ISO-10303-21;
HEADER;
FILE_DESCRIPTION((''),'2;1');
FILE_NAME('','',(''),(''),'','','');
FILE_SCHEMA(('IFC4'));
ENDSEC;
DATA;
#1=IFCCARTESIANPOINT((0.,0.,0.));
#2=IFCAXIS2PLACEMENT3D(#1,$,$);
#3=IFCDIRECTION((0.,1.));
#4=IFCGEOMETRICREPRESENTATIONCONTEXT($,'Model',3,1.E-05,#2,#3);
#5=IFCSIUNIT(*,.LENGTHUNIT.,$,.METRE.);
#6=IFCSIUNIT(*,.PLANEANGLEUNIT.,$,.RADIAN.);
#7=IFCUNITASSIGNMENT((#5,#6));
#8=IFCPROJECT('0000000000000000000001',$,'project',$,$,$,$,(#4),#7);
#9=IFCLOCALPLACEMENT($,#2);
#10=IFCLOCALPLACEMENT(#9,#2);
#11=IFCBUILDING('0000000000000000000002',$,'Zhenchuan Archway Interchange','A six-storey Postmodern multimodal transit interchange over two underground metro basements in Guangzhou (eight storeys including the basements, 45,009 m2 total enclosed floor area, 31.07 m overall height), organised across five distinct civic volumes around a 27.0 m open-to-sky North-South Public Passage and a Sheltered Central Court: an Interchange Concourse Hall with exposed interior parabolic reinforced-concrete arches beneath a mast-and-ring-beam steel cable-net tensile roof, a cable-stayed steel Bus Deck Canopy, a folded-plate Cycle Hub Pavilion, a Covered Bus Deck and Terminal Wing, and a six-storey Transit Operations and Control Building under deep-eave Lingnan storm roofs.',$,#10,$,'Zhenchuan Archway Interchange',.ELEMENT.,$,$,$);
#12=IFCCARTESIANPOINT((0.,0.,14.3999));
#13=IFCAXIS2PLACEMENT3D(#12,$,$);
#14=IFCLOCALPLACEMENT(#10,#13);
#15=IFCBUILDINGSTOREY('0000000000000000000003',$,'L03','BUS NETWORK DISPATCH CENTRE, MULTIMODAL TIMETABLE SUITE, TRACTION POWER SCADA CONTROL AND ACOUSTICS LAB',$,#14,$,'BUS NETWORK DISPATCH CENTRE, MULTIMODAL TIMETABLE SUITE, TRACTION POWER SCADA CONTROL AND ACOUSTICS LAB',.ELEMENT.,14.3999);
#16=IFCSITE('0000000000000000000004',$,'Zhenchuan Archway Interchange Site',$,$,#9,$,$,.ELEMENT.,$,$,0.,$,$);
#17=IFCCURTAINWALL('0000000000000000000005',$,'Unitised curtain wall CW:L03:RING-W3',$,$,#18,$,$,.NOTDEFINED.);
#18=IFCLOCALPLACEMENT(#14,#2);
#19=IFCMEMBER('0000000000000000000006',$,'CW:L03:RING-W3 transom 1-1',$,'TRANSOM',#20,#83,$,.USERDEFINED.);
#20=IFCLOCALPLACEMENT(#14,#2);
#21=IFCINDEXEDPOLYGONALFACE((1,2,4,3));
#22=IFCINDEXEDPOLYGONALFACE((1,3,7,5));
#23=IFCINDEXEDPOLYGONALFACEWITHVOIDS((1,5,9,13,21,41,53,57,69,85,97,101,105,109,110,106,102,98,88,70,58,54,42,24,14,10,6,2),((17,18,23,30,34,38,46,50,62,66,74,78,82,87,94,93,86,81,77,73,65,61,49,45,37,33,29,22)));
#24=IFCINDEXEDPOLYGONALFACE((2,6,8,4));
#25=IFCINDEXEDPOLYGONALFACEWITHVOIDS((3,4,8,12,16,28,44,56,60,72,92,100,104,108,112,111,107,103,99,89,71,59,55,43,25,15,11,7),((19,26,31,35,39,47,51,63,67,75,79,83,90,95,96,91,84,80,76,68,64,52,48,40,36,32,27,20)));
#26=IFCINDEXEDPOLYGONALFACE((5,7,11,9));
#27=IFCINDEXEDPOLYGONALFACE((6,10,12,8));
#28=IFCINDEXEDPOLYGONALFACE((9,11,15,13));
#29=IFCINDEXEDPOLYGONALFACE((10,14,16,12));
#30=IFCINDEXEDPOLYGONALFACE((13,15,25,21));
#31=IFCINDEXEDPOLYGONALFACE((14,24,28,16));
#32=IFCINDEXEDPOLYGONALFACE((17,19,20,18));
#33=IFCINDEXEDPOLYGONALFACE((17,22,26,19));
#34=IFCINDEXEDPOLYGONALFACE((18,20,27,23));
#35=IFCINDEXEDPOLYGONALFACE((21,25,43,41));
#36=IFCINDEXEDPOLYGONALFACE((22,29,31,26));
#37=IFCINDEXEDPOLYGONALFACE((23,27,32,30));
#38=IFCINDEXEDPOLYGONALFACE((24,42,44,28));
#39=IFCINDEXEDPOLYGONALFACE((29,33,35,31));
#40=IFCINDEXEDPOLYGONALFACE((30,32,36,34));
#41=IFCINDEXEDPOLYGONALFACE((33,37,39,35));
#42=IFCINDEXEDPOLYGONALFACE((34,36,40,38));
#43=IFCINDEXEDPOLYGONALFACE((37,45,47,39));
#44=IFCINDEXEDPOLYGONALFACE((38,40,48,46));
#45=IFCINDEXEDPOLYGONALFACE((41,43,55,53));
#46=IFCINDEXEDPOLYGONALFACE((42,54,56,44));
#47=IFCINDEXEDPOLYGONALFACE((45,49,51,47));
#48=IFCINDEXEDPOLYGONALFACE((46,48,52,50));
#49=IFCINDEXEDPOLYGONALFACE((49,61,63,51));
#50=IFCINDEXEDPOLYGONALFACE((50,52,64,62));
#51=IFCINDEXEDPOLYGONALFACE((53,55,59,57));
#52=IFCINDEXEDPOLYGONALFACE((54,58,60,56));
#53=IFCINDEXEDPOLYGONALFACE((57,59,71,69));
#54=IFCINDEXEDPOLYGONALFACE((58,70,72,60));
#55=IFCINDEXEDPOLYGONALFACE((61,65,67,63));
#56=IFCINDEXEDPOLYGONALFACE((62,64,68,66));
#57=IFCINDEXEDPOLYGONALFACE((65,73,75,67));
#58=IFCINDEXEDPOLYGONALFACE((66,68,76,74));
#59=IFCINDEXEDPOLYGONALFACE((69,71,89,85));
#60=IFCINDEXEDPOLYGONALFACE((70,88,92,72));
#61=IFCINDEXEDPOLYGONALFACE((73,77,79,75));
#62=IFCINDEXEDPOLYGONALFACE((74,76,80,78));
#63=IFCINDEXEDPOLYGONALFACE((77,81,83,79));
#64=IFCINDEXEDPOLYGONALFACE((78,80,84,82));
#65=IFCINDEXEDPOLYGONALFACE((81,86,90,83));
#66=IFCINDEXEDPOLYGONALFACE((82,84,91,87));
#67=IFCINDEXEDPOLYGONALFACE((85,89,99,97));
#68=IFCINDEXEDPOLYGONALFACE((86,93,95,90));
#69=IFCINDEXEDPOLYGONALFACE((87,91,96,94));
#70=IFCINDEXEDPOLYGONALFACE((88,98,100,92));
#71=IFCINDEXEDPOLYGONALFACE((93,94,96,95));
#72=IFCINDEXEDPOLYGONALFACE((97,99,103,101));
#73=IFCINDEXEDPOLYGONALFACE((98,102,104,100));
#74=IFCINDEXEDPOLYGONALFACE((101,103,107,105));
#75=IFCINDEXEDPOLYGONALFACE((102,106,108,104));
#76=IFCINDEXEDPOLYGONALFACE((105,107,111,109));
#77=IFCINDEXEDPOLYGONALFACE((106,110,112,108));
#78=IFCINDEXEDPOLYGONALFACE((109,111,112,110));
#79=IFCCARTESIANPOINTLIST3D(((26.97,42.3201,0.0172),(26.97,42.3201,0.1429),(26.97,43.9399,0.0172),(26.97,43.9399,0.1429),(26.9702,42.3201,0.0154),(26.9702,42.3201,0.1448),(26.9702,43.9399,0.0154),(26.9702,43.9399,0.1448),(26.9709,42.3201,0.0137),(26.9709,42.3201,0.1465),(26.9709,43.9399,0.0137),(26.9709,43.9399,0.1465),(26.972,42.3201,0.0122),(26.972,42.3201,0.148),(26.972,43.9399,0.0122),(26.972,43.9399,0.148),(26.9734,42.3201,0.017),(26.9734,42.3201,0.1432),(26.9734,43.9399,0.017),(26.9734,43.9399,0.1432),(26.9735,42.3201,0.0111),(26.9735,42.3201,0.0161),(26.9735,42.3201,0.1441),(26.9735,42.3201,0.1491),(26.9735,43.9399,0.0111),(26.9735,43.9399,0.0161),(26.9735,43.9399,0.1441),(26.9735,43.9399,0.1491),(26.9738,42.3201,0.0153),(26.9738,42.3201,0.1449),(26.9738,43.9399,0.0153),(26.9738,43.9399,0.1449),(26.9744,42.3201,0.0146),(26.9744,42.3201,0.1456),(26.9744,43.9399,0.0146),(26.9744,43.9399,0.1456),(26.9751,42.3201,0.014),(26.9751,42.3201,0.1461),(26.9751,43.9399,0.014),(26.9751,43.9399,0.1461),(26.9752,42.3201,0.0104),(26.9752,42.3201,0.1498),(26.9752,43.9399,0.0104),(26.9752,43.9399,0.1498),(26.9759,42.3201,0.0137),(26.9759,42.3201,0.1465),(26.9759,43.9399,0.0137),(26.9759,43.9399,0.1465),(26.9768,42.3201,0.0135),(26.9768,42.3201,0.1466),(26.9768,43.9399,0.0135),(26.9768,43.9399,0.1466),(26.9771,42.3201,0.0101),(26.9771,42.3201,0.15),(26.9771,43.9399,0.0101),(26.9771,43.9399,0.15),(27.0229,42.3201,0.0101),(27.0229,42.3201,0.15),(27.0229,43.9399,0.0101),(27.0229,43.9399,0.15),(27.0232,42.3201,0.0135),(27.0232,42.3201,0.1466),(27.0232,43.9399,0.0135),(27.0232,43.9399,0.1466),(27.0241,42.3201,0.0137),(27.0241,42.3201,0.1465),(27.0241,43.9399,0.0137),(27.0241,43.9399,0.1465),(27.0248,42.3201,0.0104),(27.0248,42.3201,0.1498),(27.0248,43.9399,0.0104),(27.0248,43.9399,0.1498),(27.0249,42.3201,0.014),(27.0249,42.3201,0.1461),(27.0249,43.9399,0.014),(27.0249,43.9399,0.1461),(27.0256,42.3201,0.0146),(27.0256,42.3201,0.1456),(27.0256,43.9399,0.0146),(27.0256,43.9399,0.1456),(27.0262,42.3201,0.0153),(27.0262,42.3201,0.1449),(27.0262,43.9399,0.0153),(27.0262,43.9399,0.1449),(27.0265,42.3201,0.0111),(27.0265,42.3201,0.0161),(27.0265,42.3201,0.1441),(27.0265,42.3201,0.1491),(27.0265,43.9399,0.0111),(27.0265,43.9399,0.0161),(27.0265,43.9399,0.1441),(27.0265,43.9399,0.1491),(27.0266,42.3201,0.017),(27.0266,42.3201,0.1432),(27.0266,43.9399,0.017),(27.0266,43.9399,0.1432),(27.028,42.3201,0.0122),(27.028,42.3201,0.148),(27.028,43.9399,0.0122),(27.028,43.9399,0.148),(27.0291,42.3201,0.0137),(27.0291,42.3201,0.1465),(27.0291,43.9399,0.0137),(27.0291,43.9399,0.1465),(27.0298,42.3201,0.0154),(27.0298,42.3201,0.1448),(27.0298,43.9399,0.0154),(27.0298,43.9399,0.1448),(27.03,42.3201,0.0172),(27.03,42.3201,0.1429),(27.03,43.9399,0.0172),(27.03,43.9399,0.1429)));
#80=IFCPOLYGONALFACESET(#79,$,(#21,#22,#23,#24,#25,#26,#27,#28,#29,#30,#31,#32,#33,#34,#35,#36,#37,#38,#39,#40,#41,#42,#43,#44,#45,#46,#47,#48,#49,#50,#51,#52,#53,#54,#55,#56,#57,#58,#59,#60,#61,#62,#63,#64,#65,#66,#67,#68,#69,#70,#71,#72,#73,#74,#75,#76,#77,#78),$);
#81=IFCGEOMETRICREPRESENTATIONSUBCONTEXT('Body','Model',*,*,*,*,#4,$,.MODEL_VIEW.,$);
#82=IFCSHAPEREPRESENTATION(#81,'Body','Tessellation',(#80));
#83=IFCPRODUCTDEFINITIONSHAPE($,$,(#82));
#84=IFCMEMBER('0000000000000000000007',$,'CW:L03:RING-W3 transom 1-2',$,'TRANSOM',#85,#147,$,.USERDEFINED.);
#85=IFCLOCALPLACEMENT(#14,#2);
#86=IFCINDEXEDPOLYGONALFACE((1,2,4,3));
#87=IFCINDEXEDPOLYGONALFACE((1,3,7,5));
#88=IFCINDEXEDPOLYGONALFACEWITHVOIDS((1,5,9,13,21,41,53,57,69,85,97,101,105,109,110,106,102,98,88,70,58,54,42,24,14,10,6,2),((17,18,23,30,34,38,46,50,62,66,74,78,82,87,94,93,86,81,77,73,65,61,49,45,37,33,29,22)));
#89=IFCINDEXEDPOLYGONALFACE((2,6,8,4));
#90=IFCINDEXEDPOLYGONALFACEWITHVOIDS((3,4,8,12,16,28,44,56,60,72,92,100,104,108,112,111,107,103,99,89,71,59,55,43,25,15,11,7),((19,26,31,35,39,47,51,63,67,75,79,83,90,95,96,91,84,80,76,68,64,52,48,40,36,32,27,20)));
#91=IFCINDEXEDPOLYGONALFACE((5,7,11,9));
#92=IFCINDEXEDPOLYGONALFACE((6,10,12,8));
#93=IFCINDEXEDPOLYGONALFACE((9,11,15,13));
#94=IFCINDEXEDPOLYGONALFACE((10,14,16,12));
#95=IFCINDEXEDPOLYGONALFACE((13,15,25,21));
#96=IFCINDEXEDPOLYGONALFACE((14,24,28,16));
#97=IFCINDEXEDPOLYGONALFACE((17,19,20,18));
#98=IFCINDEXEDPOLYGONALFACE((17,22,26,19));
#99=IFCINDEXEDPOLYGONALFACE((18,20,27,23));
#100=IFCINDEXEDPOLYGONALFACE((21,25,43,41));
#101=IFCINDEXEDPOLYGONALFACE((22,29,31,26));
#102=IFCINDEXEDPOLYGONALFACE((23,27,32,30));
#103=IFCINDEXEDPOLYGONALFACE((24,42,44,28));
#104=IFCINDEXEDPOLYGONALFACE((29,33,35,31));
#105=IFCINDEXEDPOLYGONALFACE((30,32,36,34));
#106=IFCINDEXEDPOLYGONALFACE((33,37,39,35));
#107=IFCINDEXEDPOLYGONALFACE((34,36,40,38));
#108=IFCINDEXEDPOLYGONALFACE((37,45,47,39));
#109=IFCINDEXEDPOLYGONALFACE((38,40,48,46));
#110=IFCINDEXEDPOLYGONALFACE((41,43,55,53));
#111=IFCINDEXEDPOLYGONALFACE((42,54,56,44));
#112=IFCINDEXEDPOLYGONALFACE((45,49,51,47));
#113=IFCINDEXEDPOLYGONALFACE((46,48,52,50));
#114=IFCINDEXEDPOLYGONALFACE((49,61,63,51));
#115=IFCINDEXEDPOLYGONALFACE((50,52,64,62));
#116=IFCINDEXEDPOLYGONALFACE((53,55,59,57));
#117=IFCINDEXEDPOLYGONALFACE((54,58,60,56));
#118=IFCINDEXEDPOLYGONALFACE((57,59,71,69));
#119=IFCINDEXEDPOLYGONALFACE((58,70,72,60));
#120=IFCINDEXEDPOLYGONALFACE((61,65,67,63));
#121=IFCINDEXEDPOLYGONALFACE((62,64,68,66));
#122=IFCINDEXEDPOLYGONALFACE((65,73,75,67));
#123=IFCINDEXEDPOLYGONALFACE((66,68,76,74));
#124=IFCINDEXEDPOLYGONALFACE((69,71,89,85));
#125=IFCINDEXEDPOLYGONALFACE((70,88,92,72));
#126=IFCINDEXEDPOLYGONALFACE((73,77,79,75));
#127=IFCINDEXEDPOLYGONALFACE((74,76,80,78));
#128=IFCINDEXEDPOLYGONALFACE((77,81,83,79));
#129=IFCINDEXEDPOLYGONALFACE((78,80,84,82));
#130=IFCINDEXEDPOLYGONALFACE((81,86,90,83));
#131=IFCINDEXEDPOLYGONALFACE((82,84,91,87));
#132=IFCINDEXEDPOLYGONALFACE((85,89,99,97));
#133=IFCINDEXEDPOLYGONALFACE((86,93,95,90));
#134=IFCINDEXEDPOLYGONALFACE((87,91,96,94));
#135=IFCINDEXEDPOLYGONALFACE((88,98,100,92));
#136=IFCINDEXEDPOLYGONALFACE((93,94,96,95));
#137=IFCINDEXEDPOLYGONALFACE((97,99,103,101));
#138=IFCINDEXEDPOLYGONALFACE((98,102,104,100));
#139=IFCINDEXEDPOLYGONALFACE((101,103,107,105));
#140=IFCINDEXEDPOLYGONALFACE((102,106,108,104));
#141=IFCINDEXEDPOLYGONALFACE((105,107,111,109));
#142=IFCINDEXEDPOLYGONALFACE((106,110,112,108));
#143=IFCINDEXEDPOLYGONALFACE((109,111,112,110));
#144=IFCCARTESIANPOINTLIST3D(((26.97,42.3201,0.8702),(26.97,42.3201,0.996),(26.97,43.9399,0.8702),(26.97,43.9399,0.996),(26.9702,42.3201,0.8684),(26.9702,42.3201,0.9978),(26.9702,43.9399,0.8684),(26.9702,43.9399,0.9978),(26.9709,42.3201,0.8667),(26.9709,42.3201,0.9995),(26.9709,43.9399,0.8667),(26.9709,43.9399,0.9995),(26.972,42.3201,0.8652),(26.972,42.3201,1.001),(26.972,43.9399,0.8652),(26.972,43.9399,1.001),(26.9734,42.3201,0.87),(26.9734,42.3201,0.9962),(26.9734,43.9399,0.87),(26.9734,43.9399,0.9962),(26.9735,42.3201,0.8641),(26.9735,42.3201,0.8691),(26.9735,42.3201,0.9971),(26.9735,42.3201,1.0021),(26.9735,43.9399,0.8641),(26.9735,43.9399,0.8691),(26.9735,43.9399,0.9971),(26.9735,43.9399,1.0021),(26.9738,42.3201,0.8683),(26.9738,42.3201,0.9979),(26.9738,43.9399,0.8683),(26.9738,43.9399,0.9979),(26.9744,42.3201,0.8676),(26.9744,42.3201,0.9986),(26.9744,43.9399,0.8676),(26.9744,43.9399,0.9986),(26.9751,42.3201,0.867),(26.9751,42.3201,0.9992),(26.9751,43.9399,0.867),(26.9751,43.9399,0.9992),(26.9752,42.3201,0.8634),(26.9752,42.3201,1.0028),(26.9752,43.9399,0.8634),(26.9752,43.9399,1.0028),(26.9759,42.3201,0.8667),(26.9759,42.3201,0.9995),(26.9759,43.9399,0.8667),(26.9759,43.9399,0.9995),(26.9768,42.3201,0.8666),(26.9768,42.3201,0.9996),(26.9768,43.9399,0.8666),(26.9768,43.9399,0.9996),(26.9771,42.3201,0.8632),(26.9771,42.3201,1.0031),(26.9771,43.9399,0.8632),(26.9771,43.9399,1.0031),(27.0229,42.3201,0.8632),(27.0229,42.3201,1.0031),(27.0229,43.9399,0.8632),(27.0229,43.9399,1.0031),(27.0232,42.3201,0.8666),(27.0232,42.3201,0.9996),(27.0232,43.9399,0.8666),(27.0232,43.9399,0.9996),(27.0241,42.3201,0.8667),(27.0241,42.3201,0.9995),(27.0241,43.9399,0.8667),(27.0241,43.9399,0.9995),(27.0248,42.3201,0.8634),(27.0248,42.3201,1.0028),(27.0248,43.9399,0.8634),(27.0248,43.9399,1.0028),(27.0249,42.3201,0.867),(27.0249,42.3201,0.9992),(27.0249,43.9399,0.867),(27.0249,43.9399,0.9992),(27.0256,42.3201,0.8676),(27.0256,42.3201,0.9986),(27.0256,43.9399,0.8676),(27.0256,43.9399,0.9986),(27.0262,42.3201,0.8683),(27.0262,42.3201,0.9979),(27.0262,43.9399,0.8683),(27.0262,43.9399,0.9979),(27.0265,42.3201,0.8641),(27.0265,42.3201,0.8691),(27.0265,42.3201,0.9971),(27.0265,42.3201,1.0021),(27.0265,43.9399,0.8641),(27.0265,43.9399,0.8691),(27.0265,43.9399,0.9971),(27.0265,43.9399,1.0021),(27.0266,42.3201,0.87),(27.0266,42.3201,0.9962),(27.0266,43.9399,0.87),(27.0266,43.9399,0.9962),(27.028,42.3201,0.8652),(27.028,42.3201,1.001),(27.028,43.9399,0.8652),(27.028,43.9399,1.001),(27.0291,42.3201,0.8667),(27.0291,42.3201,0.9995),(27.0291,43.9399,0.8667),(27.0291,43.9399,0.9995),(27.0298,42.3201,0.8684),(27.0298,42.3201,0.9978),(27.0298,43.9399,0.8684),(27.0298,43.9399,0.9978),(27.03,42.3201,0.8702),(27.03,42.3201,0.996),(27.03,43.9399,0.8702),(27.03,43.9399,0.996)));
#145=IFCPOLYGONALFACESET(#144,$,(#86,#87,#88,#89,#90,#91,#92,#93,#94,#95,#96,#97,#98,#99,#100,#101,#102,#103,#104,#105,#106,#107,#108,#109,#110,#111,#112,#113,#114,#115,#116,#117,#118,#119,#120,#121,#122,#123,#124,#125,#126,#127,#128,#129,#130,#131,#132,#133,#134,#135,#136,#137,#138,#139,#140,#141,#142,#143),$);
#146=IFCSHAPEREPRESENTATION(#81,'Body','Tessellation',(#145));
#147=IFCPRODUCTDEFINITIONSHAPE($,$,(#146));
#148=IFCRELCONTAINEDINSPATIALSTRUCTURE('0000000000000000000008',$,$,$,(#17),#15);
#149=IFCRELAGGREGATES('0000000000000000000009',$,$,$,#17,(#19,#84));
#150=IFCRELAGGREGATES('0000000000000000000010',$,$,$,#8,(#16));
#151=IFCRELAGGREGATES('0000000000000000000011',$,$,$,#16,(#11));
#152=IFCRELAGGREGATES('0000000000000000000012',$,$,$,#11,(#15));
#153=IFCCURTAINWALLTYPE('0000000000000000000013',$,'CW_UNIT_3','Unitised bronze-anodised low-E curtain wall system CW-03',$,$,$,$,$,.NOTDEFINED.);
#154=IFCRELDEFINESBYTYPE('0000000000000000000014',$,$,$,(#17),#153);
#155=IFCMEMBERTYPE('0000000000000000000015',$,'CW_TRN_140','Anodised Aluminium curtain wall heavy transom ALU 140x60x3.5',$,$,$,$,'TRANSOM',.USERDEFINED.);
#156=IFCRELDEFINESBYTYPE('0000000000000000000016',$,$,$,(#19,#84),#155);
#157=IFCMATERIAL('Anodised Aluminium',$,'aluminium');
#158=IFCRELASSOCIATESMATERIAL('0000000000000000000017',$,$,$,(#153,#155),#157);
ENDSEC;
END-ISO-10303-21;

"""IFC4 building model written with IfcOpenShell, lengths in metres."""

from ifc_helpers import new_model, si_unit, direction, frame, origin, origin_2d, place, context, subcontext, project, spatial, hollow_rectangle, extrude, material, material_profile, profile_set, type_object, element, aggregate, save


model = new_model("IFC4")

# Units and contexts
model_context = context("Model", 3, precision=1e-05, world=origin(), true_north=direction((0.0, 1.0)))
body_context = subcontext(model_context, "Body", "Model", "MODEL_VIEW")
ifc_project = project(units=[si_unit("LENGTHUNIT", "METRE"), si_unit("PLANEANGLEUNIT", "RADIAN")], contexts=[model_context])

# Site, building, storey
site_placement = place(None, origin())
site = spatial("IfcSite", under=ifc_project, at=site_placement, Name="Zhenchuan Archway Interchange Site", CompositionType="ELEMENT", RefElevation=0.0)
building_placement = place(site_placement, origin())
building = spatial("IfcBuilding", under=site, at=building_placement, Name="Zhenchuan Archway Interchange", Description="A six-storey Postmodern multimodal transit interchange over two underground metro basements in Guangzhou (eight storeys including the basements, 45,009 m2 total enclosed floor area, 31.07 m overall height), organised across five distinct civic volumes around a 27.0 m open-to-sky North-South Public Passage and a Sheltered Central Court: an Interchange Concourse Hall with exposed interior parabolic reinforced-concrete arches beneath a mast-and-ring-beam steel cable-net tensile roof, a cable-stayed steel Bus Deck Canopy, a folded-plate Cycle Hub Pavilion, a Covered Bus Deck and Terminal Wing, and a six-storey Transit Operations and Control Building under deep-eave Lingnan storm roofs.", LongName="Zhenchuan Archway Interchange", CompositionType="ELEMENT")
storey_placement = place(building_placement, frame((0.0, 0.0, 14.3999)))
storey = spatial("IfcBuildingStorey", under=building, at=storey_placement, Name="L03", Description="BUS NETWORK DISPATCH CENTRE, MULTIMODAL TIMETABLE SUITE, TRACTION POWER SCADA CONTROL AND ACOUSTICS LAB", LongName="BUS NETWORK DISPATCH CENTRE, MULTIMODAL TIMETABLE SUITE, TRACTION POWER SCADA CONTROL AND ACOUSTICS LAB", CompositionType="ELEMENT", Elevation=14.3999)

# Curtain wall, members
ifc_material_1 = material(Name="Anodised Aluminium", Category="aluminium")
curtain_wall_type = type_object("IfcCurtainWallType", Name="CW_UNIT_3", Description="Unitised bronze-anodised low-E curtain wall system CW-03", PredefinedType="NOTDEFINED", material=ifc_material_1)
curtain_wall_placement = place(storey_placement, origin())
curtain_wall = element("IfcCurtainWall", 1, at=curtain_wall_placement, inside=storey, type_object=curtain_wall_type, Name="Unitised curtain wall CW:L03:RING-W3", PredefinedType="NOTDEFINED")
ifc_material_profile_1 = material_profile(ifc_material_1, hollow_rectangle(XDim=0.0601, YDim=0.1399, WallThickness=0.0034, InnerFilletRadius=0.0034, OuterFilletRadius=0.0071, at=origin_2d()), Name="ALU 140x60x3.5")
ifc_profile_set_1 = profile_set([ifc_material_profile_1], Name="Anodised Aluminium")
member_type_1 = type_object("IfcMemberType", Name="CW_TRN_140", Description="Anodised Aluminium curtain wall heavy transom ALU 140x60x3.5", ElementType="TRANSOM", PredefinedType="USERDEFINED", material=ifc_profile_set_1)
member_1_placement = place(storey_placement, frame((27.0, 42.3201, 0.0801), z_axis=(0.0, 1.0, 0.0), x_axis=(-1.0, 0.0, 0.0)))
member_1 = element("IfcMember", 2, at=member_1_placement, type_object=member_type_1, Name="CW:L03:RING-W3 transom 1-1", ObjectType="TRANSOM", PredefinedType="USERDEFINED", context=body_context, shape_type="SweptSolid", body=[
    extrude(hollow_rectangle(XDim=0.0601, YDim=0.1399, WallThickness=0.0034, InnerFilletRadius=0.0034, OuterFilletRadius=0.0071, at=origin_2d()), origin(), (0.0, 0.0, 1.0), 1.6199),
])
member_2_placement = place(storey_placement, frame((27.0, 42.3201, 0.9331), z_axis=(0.0, 1.0, 0.0), x_axis=(-1.0, 0.0, 0.0)))
member_2 = element("IfcMember", 3, at=member_2_placement, type_object=member_type_1, Name="CW:L03:RING-W3 transom 1-2", ObjectType="TRANSOM", PredefinedType="USERDEFINED", context=body_context, shape_type="SweptSolid", body=[
    extrude(hollow_rectangle(XDim=0.0601, YDim=0.1399, WallThickness=0.0034, InnerFilletRadius=0.0034, OuterFilletRadius=0.0071, at=origin_2d()), origin(), (0.0, 0.0, 1.0), 1.6199),
])
aggregate(curtain_wall, [member_1, member_2])

save(model, "model.ifc")
